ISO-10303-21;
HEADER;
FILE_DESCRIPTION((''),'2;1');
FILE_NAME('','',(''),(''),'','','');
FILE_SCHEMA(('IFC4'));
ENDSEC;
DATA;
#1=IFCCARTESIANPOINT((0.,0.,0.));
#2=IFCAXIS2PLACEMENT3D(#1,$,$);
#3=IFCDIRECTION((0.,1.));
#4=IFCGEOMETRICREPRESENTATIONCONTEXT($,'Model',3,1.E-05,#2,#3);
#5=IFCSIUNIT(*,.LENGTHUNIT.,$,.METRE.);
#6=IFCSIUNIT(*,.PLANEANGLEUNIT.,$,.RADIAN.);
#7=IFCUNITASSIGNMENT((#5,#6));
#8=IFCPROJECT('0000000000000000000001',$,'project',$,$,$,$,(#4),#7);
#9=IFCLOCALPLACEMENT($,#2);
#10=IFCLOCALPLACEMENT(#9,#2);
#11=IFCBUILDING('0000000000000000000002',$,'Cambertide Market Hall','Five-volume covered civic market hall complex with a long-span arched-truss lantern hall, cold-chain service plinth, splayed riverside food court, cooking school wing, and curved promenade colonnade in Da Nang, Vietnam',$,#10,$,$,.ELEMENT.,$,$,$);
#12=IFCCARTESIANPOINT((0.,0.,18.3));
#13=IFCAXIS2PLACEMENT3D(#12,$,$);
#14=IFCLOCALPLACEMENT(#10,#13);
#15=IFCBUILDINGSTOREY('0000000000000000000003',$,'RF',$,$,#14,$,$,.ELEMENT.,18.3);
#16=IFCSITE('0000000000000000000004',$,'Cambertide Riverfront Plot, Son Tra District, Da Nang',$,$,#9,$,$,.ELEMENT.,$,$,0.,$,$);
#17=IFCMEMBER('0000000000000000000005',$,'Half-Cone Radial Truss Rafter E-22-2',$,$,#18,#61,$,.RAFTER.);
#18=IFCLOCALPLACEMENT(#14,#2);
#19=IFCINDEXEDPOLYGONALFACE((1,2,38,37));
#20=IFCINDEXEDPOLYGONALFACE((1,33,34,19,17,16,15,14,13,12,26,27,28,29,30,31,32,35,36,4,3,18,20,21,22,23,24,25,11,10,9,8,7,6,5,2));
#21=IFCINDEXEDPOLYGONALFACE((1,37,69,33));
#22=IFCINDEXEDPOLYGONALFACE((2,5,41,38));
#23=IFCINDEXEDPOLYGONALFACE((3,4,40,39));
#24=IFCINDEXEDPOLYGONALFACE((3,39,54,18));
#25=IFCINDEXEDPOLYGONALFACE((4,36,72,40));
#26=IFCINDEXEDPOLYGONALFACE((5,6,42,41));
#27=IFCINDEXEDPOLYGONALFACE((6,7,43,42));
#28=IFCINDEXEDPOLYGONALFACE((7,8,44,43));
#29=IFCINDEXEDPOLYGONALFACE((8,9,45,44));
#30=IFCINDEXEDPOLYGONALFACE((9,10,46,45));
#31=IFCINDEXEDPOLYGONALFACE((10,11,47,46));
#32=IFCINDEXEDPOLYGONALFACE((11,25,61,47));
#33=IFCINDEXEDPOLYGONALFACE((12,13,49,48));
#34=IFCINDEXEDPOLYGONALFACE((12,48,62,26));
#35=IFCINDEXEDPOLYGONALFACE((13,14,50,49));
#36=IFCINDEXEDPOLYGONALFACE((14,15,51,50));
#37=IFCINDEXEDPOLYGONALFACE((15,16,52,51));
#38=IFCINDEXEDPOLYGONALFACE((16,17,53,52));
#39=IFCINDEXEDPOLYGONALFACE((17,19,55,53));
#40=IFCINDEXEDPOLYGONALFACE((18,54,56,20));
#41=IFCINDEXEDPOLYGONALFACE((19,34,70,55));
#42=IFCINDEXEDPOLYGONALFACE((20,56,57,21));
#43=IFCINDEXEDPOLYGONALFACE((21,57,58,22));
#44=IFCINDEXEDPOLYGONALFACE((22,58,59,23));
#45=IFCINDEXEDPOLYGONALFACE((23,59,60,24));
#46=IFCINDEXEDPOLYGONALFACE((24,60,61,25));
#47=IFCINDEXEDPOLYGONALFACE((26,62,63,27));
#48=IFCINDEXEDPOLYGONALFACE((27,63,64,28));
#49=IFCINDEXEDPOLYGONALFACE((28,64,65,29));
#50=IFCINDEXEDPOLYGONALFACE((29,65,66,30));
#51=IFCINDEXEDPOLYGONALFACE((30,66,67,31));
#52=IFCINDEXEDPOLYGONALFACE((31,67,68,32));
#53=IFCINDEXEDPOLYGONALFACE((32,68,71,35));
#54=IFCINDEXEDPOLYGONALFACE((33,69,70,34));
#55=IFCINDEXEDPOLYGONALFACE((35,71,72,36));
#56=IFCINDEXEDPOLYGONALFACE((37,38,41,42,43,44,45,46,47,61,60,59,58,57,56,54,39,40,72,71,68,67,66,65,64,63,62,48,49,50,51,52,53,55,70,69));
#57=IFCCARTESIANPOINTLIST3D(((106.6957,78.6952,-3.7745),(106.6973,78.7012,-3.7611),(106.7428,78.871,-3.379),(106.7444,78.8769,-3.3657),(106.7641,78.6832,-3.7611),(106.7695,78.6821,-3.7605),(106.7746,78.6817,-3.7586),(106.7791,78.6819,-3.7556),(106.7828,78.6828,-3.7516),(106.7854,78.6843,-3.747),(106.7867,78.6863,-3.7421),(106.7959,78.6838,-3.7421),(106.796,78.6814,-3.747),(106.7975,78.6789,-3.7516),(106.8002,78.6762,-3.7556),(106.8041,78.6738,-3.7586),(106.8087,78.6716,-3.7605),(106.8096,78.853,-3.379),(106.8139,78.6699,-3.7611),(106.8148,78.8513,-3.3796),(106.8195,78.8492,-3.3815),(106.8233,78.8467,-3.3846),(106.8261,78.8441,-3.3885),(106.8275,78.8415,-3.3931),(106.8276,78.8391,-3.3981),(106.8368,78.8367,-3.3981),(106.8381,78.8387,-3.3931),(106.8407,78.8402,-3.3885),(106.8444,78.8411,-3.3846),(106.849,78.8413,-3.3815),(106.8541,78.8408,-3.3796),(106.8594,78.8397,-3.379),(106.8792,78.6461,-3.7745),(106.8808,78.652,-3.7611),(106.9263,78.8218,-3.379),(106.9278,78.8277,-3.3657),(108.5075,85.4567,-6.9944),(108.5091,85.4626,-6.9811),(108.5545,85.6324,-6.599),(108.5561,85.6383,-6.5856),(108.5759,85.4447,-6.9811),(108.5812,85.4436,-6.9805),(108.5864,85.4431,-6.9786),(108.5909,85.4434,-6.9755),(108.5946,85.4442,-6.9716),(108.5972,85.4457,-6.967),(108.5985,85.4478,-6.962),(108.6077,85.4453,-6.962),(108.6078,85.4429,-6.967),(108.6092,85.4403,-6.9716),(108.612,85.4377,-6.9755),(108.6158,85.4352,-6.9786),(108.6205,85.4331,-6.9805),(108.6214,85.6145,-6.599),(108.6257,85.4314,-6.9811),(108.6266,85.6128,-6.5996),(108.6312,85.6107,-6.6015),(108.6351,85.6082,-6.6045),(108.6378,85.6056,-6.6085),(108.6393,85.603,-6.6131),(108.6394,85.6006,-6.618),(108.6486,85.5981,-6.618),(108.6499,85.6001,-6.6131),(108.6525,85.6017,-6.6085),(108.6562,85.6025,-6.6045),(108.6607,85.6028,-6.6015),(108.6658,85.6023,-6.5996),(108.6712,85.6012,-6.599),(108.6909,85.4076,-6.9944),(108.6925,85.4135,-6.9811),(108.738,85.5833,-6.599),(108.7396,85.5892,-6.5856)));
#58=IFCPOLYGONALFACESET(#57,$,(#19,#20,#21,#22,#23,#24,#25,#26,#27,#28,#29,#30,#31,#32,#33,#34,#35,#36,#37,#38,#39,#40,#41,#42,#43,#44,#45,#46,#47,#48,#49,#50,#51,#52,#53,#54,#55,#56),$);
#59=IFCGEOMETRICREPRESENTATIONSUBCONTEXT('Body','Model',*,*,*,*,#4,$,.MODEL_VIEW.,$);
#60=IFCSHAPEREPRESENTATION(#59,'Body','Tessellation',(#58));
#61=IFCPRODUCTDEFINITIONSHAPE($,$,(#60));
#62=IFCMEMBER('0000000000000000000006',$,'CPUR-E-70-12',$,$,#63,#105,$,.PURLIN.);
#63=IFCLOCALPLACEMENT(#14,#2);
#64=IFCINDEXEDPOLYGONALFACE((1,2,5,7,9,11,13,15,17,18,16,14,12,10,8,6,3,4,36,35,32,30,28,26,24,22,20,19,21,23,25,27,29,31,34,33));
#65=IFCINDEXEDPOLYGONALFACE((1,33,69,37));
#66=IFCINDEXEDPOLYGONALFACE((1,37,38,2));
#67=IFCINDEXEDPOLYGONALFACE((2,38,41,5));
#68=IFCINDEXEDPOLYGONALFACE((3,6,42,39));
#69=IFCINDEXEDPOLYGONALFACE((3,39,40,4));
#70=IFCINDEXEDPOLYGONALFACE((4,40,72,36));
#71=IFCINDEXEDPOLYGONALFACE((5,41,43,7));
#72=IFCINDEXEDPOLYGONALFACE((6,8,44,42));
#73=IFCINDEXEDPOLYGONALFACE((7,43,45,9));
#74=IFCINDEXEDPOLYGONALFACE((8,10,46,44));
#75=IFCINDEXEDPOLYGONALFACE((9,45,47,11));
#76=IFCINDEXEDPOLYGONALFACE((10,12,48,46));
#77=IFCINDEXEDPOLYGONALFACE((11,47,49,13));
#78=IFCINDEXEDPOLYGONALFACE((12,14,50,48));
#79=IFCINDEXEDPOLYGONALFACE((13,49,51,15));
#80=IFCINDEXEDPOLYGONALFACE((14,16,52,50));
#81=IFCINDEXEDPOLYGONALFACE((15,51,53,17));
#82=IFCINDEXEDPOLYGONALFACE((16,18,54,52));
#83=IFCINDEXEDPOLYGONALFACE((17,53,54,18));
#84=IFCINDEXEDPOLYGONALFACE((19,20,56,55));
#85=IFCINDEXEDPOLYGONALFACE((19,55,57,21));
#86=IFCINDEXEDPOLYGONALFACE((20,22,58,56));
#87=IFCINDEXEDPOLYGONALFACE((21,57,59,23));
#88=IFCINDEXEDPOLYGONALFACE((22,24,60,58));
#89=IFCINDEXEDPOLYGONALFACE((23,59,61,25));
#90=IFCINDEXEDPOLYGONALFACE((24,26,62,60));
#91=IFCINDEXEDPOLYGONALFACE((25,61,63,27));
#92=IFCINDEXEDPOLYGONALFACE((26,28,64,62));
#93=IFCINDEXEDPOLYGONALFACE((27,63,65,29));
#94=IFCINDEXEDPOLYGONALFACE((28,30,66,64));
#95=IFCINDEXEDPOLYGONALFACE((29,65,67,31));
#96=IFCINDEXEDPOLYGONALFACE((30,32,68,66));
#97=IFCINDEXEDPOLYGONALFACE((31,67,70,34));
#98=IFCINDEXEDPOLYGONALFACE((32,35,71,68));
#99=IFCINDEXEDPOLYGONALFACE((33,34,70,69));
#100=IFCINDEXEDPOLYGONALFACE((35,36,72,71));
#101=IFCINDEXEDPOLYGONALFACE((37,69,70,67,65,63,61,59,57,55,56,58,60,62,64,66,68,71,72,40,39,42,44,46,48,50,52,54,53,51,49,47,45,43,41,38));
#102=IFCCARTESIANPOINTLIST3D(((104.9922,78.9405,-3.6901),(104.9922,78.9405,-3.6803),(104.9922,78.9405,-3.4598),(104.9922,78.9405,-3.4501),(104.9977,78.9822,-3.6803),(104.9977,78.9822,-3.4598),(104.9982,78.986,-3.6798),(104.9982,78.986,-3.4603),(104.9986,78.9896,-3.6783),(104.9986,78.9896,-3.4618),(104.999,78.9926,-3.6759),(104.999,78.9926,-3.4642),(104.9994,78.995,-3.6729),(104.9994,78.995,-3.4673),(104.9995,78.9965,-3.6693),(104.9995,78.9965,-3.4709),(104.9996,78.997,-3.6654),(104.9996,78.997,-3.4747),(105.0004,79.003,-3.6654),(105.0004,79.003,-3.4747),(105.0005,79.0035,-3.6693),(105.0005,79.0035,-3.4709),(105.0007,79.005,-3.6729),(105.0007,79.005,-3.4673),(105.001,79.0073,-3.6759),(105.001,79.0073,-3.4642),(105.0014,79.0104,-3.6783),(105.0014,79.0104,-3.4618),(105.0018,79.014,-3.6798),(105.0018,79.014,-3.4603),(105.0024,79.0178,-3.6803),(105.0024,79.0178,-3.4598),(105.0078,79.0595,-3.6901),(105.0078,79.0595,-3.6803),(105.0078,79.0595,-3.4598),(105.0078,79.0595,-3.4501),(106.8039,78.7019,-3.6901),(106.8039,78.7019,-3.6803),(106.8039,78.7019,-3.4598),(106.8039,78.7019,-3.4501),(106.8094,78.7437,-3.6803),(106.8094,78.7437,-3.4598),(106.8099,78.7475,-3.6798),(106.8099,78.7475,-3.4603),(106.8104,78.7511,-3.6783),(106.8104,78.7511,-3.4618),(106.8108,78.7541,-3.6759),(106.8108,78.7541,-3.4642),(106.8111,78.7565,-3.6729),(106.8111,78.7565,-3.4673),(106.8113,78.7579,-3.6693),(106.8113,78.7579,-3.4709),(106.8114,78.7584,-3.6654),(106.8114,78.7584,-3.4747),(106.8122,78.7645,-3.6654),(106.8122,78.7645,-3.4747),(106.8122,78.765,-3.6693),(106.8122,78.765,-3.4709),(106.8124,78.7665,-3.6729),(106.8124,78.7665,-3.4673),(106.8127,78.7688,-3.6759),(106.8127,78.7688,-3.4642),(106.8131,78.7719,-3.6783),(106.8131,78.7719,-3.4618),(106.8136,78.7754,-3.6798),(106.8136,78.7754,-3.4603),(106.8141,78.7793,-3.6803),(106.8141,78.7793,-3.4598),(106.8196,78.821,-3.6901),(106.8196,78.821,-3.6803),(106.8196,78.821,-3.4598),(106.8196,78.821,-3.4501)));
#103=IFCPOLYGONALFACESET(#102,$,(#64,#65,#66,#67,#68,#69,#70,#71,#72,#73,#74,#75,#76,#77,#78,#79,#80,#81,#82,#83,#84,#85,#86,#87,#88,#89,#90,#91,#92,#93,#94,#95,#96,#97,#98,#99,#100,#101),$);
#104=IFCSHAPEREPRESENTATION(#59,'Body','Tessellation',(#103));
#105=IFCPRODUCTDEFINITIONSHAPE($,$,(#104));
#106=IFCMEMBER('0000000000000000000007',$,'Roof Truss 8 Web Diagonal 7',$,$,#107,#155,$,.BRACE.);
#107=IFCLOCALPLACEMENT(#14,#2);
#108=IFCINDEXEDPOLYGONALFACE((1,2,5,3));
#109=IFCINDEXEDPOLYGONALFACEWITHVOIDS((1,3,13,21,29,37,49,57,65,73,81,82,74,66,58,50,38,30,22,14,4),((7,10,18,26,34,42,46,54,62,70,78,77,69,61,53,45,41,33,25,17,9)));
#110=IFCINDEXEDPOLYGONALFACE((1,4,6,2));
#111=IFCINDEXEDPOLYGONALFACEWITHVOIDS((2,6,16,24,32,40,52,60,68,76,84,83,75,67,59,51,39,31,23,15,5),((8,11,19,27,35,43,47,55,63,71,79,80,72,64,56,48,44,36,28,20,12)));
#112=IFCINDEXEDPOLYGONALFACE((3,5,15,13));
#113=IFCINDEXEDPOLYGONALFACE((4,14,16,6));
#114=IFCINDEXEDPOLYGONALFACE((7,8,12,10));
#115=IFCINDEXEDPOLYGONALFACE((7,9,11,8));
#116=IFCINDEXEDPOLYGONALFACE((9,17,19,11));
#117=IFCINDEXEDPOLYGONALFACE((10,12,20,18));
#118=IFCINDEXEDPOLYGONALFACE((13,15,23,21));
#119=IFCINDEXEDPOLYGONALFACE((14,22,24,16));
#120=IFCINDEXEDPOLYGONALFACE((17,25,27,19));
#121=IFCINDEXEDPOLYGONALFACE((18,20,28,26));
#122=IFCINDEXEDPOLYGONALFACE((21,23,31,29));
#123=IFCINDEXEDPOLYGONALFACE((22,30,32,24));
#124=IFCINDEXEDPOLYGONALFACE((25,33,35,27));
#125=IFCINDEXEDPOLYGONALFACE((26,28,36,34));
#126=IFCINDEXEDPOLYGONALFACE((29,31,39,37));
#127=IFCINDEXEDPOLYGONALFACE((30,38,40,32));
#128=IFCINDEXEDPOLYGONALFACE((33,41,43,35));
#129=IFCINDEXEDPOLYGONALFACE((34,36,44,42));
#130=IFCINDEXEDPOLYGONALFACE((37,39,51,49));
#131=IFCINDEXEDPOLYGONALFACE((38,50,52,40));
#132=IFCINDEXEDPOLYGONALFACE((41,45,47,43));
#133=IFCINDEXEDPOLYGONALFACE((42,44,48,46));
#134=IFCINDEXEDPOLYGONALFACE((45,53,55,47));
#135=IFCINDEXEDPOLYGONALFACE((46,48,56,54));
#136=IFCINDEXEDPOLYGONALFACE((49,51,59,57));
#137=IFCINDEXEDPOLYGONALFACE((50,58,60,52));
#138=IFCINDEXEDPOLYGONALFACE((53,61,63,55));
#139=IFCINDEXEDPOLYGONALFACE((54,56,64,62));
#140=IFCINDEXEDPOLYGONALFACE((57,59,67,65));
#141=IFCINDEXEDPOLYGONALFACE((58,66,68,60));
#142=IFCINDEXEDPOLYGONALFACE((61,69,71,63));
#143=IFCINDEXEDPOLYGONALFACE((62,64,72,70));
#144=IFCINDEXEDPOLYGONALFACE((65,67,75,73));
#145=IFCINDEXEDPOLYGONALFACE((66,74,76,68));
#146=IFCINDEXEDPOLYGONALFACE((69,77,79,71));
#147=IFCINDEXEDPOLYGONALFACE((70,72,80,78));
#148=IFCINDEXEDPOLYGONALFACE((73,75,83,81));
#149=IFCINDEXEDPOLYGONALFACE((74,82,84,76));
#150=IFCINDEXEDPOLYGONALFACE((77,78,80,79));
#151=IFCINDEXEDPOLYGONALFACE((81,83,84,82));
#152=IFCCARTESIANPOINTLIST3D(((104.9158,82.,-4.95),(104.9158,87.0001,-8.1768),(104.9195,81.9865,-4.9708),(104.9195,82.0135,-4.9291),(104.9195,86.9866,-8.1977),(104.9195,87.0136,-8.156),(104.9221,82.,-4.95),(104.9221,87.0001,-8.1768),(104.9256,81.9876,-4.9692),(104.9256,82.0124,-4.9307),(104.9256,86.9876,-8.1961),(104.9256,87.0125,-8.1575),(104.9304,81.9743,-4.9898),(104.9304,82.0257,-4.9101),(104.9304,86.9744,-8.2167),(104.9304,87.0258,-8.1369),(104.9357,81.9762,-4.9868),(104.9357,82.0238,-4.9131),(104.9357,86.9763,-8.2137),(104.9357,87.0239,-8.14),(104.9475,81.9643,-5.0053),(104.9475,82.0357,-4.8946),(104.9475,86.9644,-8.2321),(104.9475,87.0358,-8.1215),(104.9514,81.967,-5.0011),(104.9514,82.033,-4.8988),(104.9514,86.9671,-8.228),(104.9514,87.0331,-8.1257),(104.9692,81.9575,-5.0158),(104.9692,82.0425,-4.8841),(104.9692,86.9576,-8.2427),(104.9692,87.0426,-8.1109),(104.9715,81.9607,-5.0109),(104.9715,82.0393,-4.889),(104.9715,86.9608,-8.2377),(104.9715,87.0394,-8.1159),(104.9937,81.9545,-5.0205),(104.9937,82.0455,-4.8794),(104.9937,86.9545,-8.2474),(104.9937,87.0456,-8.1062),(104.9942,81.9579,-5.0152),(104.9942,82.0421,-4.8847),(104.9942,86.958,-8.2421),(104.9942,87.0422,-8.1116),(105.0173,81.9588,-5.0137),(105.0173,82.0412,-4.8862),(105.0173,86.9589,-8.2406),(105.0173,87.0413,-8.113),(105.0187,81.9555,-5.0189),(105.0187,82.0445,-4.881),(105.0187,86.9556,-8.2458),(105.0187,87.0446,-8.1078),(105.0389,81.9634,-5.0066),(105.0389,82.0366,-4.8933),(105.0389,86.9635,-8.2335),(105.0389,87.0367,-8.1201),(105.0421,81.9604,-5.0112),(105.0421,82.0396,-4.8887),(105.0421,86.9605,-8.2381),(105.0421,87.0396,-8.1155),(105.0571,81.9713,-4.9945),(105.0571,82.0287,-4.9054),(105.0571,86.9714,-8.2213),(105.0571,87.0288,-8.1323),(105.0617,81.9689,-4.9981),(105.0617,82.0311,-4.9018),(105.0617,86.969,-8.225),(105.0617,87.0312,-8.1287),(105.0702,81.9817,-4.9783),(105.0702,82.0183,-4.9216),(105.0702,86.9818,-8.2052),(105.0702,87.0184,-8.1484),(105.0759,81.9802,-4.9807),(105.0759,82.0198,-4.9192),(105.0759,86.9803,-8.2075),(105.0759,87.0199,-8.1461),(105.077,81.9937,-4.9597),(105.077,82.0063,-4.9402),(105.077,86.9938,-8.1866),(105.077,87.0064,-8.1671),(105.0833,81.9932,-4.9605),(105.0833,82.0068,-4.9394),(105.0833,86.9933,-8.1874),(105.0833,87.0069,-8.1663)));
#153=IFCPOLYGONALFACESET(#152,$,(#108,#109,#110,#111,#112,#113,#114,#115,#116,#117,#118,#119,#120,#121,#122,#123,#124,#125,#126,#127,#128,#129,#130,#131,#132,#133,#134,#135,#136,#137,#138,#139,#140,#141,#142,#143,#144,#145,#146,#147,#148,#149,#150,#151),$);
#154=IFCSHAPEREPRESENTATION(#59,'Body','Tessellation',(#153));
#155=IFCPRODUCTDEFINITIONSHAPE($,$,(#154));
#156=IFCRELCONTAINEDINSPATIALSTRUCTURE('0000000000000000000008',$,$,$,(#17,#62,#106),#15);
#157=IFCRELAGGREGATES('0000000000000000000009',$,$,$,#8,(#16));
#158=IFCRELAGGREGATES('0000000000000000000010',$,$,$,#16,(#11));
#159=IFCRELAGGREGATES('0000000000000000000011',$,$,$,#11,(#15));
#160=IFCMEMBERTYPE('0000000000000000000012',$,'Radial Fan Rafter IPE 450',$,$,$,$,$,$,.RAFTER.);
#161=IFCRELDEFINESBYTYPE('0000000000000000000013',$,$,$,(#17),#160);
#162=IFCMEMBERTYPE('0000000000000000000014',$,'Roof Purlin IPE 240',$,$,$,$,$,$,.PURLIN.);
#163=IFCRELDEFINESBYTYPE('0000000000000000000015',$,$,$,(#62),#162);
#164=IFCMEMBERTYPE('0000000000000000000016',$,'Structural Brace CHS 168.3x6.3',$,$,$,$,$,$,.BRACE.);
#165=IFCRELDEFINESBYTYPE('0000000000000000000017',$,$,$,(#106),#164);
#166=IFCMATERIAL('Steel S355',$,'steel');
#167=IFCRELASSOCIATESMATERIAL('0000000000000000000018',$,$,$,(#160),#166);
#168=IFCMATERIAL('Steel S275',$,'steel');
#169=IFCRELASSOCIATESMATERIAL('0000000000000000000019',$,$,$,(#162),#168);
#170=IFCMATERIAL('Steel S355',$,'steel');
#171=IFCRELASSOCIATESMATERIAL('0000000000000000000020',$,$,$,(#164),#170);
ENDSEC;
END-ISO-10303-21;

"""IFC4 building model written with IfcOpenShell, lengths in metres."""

from ifc_helpers import new_model, si_unit, direction, frame, origin, origin_2d, place, context, subcontext, project, spatial, hollow_circle, i_section, extrude, material, material_profile, profile_set, type_object, element, save


model = new_model("IFC4")

# Units and contexts
model_context = context("Model", 3, precision=1e-05, world=origin(), true_north=direction((0.0, 1.0)))
body_context = subcontext(model_context, "Body", "Model", "MODEL_VIEW")
ifc_project = project(units=[si_unit("LENGTHUNIT", "METRE"), si_unit("PLANEANGLEUNIT", "RADIAN")], contexts=[model_context])

# Site, building, storey
site_placement = place(None, origin())
site = spatial("IfcSite", under=ifc_project, at=site_placement, Name="Cambertide Riverfront Plot, Son Tra District, Da Nang", CompositionType="ELEMENT", RefElevation=0.0)
building_placement = place(site_placement, origin())
building = spatial("IfcBuilding", under=site, at=building_placement, Name="Cambertide Market Hall", Description="Five-volume covered civic market hall complex with a long-span arched-truss lantern hall, cold-chain service plinth, splayed riverside food court, cooking school wing, and curved promenade colonnade in Da Nang, Vietnam", CompositionType="ELEMENT")
storey_placement = place(building_placement, frame((0.0, 0.0, 18.3)))
storey = spatial("IfcBuildingStorey", under=building, at=storey_placement, Name="RF", CompositionType="ELEMENT", Elevation=18.3)

# Members
ifc_material_1 = material(Name="Steel S355", Category="steel")
ifc_material_profile_1 = material_profile(ifc_material_1, i_section(OverallWidth=0.1899, OverallDepth=0.45, WebThickness=0.0095, FlangeThickness=0.0146, FilletRadius=0.021, at=origin_2d()), Name="IPE 450")
ifc_profile_set_1 = profile_set([ifc_material_profile_1], Name="Steel S355")
member_type_1 = type_object("IfcMemberType", Name="Radial Fan Rafter IPE 450", PredefinedType="RAFTER", material=ifc_profile_set_1)
member_1_placement = place(storey_placement, frame((106.8118, 78.7615, -3.5701), z_axis=(0.235139, 0.877535, -0.417902), x_axis=(-0.965925, 0.258824, 0.0)))
element("IfcMember", 1, at=member_1_placement, inside=storey, type_object=member_type_1, Name="Half-Cone Radial Truss Rafter E-22-2", PredefinedType="RAFTER", context=body_context, shape_type="SweptSolid", body=[
    extrude(i_section(OverallWidth=0.1899, OverallDepth=0.45, WebThickness=0.0095, FlangeThickness=0.0146, FilletRadius=0.021, at=origin_2d()), origin(), (0.0, 0.0, 1.0), 7.7051),
])
ifc_material_2 = material(Name="Steel S275", Category="steel")
ifc_material_profile_2 = material_profile(ifc_material_2, i_section(OverallWidth=0.1201, OverallDepth=0.24, WebThickness=0.0061, FlangeThickness=0.0098, FilletRadius=0.0149, at=origin_2d()), Name="IPE 240")
ifc_profile_set_2 = profile_set([ifc_material_profile_2], Name="Steel S275")
member_type_2 = type_object("IfcMemberType", Name="Roof Purlin IPE 240", PredefinedType="PURLIN", material=ifc_profile_set_2)
member_2_placement = place(storey_placement, frame((106.8118, 78.7615, -3.5701), z_axis=(-0.991445, 0.130527, 0.0), x_axis=(-0.130527, -0.991445, 0.0)))
element("IfcMember", 2, at=member_2_placement, inside=storey, type_object=member_type_2, Name="CPUR-E-70-12", PredefinedType="PURLIN", context=body_context, shape_type="SweptSolid", body=[
    extrude(i_section(OverallWidth=0.1201, OverallDepth=0.24, WebThickness=0.0061, FlangeThickness=0.0098, FilletRadius=0.0149, at=origin_2d()), origin(), (0.0, 0.0, 1.0), 1.8274),
])
ifc_material_3 = material(Name="Steel S355", Category="steel")
ifc_material_profile_3 = material_profile(ifc_material_3, hollow_circle(Radius=0.0842, WallThickness=0.0063, at=origin_2d()), Name="CHS 168.3x6.3")
ifc_profile_set_3 = profile_set([ifc_material_profile_3], Name="Steel S355")
member_type_3 = type_object("IfcMemberType", Name="Structural Brace CHS 168.3x6.3", PredefinedType="BRACE", material=ifc_profile_set_3)
member_3_placement = place(storey_placement, frame((105.0, 82.0, -4.95), z_axis=(0.0, 0.84022, -0.542246), x_axis=(-1.0, 0.0, 0.0)))
element("IfcMember", 3, at=member_3_placement, inside=storey, type_object=member_type_3, Name="Roof Truss 8 Web Diagonal 7", PredefinedType="BRACE", context=body_context, shape_type="SweptSolid", body=[
    extrude(hollow_circle(Radius=0.0842, WallThickness=0.0063, at=origin_2d()), origin(), (0.0, 0.0, 1.0), 5.9509),
])

save(model, "model.ifc")
